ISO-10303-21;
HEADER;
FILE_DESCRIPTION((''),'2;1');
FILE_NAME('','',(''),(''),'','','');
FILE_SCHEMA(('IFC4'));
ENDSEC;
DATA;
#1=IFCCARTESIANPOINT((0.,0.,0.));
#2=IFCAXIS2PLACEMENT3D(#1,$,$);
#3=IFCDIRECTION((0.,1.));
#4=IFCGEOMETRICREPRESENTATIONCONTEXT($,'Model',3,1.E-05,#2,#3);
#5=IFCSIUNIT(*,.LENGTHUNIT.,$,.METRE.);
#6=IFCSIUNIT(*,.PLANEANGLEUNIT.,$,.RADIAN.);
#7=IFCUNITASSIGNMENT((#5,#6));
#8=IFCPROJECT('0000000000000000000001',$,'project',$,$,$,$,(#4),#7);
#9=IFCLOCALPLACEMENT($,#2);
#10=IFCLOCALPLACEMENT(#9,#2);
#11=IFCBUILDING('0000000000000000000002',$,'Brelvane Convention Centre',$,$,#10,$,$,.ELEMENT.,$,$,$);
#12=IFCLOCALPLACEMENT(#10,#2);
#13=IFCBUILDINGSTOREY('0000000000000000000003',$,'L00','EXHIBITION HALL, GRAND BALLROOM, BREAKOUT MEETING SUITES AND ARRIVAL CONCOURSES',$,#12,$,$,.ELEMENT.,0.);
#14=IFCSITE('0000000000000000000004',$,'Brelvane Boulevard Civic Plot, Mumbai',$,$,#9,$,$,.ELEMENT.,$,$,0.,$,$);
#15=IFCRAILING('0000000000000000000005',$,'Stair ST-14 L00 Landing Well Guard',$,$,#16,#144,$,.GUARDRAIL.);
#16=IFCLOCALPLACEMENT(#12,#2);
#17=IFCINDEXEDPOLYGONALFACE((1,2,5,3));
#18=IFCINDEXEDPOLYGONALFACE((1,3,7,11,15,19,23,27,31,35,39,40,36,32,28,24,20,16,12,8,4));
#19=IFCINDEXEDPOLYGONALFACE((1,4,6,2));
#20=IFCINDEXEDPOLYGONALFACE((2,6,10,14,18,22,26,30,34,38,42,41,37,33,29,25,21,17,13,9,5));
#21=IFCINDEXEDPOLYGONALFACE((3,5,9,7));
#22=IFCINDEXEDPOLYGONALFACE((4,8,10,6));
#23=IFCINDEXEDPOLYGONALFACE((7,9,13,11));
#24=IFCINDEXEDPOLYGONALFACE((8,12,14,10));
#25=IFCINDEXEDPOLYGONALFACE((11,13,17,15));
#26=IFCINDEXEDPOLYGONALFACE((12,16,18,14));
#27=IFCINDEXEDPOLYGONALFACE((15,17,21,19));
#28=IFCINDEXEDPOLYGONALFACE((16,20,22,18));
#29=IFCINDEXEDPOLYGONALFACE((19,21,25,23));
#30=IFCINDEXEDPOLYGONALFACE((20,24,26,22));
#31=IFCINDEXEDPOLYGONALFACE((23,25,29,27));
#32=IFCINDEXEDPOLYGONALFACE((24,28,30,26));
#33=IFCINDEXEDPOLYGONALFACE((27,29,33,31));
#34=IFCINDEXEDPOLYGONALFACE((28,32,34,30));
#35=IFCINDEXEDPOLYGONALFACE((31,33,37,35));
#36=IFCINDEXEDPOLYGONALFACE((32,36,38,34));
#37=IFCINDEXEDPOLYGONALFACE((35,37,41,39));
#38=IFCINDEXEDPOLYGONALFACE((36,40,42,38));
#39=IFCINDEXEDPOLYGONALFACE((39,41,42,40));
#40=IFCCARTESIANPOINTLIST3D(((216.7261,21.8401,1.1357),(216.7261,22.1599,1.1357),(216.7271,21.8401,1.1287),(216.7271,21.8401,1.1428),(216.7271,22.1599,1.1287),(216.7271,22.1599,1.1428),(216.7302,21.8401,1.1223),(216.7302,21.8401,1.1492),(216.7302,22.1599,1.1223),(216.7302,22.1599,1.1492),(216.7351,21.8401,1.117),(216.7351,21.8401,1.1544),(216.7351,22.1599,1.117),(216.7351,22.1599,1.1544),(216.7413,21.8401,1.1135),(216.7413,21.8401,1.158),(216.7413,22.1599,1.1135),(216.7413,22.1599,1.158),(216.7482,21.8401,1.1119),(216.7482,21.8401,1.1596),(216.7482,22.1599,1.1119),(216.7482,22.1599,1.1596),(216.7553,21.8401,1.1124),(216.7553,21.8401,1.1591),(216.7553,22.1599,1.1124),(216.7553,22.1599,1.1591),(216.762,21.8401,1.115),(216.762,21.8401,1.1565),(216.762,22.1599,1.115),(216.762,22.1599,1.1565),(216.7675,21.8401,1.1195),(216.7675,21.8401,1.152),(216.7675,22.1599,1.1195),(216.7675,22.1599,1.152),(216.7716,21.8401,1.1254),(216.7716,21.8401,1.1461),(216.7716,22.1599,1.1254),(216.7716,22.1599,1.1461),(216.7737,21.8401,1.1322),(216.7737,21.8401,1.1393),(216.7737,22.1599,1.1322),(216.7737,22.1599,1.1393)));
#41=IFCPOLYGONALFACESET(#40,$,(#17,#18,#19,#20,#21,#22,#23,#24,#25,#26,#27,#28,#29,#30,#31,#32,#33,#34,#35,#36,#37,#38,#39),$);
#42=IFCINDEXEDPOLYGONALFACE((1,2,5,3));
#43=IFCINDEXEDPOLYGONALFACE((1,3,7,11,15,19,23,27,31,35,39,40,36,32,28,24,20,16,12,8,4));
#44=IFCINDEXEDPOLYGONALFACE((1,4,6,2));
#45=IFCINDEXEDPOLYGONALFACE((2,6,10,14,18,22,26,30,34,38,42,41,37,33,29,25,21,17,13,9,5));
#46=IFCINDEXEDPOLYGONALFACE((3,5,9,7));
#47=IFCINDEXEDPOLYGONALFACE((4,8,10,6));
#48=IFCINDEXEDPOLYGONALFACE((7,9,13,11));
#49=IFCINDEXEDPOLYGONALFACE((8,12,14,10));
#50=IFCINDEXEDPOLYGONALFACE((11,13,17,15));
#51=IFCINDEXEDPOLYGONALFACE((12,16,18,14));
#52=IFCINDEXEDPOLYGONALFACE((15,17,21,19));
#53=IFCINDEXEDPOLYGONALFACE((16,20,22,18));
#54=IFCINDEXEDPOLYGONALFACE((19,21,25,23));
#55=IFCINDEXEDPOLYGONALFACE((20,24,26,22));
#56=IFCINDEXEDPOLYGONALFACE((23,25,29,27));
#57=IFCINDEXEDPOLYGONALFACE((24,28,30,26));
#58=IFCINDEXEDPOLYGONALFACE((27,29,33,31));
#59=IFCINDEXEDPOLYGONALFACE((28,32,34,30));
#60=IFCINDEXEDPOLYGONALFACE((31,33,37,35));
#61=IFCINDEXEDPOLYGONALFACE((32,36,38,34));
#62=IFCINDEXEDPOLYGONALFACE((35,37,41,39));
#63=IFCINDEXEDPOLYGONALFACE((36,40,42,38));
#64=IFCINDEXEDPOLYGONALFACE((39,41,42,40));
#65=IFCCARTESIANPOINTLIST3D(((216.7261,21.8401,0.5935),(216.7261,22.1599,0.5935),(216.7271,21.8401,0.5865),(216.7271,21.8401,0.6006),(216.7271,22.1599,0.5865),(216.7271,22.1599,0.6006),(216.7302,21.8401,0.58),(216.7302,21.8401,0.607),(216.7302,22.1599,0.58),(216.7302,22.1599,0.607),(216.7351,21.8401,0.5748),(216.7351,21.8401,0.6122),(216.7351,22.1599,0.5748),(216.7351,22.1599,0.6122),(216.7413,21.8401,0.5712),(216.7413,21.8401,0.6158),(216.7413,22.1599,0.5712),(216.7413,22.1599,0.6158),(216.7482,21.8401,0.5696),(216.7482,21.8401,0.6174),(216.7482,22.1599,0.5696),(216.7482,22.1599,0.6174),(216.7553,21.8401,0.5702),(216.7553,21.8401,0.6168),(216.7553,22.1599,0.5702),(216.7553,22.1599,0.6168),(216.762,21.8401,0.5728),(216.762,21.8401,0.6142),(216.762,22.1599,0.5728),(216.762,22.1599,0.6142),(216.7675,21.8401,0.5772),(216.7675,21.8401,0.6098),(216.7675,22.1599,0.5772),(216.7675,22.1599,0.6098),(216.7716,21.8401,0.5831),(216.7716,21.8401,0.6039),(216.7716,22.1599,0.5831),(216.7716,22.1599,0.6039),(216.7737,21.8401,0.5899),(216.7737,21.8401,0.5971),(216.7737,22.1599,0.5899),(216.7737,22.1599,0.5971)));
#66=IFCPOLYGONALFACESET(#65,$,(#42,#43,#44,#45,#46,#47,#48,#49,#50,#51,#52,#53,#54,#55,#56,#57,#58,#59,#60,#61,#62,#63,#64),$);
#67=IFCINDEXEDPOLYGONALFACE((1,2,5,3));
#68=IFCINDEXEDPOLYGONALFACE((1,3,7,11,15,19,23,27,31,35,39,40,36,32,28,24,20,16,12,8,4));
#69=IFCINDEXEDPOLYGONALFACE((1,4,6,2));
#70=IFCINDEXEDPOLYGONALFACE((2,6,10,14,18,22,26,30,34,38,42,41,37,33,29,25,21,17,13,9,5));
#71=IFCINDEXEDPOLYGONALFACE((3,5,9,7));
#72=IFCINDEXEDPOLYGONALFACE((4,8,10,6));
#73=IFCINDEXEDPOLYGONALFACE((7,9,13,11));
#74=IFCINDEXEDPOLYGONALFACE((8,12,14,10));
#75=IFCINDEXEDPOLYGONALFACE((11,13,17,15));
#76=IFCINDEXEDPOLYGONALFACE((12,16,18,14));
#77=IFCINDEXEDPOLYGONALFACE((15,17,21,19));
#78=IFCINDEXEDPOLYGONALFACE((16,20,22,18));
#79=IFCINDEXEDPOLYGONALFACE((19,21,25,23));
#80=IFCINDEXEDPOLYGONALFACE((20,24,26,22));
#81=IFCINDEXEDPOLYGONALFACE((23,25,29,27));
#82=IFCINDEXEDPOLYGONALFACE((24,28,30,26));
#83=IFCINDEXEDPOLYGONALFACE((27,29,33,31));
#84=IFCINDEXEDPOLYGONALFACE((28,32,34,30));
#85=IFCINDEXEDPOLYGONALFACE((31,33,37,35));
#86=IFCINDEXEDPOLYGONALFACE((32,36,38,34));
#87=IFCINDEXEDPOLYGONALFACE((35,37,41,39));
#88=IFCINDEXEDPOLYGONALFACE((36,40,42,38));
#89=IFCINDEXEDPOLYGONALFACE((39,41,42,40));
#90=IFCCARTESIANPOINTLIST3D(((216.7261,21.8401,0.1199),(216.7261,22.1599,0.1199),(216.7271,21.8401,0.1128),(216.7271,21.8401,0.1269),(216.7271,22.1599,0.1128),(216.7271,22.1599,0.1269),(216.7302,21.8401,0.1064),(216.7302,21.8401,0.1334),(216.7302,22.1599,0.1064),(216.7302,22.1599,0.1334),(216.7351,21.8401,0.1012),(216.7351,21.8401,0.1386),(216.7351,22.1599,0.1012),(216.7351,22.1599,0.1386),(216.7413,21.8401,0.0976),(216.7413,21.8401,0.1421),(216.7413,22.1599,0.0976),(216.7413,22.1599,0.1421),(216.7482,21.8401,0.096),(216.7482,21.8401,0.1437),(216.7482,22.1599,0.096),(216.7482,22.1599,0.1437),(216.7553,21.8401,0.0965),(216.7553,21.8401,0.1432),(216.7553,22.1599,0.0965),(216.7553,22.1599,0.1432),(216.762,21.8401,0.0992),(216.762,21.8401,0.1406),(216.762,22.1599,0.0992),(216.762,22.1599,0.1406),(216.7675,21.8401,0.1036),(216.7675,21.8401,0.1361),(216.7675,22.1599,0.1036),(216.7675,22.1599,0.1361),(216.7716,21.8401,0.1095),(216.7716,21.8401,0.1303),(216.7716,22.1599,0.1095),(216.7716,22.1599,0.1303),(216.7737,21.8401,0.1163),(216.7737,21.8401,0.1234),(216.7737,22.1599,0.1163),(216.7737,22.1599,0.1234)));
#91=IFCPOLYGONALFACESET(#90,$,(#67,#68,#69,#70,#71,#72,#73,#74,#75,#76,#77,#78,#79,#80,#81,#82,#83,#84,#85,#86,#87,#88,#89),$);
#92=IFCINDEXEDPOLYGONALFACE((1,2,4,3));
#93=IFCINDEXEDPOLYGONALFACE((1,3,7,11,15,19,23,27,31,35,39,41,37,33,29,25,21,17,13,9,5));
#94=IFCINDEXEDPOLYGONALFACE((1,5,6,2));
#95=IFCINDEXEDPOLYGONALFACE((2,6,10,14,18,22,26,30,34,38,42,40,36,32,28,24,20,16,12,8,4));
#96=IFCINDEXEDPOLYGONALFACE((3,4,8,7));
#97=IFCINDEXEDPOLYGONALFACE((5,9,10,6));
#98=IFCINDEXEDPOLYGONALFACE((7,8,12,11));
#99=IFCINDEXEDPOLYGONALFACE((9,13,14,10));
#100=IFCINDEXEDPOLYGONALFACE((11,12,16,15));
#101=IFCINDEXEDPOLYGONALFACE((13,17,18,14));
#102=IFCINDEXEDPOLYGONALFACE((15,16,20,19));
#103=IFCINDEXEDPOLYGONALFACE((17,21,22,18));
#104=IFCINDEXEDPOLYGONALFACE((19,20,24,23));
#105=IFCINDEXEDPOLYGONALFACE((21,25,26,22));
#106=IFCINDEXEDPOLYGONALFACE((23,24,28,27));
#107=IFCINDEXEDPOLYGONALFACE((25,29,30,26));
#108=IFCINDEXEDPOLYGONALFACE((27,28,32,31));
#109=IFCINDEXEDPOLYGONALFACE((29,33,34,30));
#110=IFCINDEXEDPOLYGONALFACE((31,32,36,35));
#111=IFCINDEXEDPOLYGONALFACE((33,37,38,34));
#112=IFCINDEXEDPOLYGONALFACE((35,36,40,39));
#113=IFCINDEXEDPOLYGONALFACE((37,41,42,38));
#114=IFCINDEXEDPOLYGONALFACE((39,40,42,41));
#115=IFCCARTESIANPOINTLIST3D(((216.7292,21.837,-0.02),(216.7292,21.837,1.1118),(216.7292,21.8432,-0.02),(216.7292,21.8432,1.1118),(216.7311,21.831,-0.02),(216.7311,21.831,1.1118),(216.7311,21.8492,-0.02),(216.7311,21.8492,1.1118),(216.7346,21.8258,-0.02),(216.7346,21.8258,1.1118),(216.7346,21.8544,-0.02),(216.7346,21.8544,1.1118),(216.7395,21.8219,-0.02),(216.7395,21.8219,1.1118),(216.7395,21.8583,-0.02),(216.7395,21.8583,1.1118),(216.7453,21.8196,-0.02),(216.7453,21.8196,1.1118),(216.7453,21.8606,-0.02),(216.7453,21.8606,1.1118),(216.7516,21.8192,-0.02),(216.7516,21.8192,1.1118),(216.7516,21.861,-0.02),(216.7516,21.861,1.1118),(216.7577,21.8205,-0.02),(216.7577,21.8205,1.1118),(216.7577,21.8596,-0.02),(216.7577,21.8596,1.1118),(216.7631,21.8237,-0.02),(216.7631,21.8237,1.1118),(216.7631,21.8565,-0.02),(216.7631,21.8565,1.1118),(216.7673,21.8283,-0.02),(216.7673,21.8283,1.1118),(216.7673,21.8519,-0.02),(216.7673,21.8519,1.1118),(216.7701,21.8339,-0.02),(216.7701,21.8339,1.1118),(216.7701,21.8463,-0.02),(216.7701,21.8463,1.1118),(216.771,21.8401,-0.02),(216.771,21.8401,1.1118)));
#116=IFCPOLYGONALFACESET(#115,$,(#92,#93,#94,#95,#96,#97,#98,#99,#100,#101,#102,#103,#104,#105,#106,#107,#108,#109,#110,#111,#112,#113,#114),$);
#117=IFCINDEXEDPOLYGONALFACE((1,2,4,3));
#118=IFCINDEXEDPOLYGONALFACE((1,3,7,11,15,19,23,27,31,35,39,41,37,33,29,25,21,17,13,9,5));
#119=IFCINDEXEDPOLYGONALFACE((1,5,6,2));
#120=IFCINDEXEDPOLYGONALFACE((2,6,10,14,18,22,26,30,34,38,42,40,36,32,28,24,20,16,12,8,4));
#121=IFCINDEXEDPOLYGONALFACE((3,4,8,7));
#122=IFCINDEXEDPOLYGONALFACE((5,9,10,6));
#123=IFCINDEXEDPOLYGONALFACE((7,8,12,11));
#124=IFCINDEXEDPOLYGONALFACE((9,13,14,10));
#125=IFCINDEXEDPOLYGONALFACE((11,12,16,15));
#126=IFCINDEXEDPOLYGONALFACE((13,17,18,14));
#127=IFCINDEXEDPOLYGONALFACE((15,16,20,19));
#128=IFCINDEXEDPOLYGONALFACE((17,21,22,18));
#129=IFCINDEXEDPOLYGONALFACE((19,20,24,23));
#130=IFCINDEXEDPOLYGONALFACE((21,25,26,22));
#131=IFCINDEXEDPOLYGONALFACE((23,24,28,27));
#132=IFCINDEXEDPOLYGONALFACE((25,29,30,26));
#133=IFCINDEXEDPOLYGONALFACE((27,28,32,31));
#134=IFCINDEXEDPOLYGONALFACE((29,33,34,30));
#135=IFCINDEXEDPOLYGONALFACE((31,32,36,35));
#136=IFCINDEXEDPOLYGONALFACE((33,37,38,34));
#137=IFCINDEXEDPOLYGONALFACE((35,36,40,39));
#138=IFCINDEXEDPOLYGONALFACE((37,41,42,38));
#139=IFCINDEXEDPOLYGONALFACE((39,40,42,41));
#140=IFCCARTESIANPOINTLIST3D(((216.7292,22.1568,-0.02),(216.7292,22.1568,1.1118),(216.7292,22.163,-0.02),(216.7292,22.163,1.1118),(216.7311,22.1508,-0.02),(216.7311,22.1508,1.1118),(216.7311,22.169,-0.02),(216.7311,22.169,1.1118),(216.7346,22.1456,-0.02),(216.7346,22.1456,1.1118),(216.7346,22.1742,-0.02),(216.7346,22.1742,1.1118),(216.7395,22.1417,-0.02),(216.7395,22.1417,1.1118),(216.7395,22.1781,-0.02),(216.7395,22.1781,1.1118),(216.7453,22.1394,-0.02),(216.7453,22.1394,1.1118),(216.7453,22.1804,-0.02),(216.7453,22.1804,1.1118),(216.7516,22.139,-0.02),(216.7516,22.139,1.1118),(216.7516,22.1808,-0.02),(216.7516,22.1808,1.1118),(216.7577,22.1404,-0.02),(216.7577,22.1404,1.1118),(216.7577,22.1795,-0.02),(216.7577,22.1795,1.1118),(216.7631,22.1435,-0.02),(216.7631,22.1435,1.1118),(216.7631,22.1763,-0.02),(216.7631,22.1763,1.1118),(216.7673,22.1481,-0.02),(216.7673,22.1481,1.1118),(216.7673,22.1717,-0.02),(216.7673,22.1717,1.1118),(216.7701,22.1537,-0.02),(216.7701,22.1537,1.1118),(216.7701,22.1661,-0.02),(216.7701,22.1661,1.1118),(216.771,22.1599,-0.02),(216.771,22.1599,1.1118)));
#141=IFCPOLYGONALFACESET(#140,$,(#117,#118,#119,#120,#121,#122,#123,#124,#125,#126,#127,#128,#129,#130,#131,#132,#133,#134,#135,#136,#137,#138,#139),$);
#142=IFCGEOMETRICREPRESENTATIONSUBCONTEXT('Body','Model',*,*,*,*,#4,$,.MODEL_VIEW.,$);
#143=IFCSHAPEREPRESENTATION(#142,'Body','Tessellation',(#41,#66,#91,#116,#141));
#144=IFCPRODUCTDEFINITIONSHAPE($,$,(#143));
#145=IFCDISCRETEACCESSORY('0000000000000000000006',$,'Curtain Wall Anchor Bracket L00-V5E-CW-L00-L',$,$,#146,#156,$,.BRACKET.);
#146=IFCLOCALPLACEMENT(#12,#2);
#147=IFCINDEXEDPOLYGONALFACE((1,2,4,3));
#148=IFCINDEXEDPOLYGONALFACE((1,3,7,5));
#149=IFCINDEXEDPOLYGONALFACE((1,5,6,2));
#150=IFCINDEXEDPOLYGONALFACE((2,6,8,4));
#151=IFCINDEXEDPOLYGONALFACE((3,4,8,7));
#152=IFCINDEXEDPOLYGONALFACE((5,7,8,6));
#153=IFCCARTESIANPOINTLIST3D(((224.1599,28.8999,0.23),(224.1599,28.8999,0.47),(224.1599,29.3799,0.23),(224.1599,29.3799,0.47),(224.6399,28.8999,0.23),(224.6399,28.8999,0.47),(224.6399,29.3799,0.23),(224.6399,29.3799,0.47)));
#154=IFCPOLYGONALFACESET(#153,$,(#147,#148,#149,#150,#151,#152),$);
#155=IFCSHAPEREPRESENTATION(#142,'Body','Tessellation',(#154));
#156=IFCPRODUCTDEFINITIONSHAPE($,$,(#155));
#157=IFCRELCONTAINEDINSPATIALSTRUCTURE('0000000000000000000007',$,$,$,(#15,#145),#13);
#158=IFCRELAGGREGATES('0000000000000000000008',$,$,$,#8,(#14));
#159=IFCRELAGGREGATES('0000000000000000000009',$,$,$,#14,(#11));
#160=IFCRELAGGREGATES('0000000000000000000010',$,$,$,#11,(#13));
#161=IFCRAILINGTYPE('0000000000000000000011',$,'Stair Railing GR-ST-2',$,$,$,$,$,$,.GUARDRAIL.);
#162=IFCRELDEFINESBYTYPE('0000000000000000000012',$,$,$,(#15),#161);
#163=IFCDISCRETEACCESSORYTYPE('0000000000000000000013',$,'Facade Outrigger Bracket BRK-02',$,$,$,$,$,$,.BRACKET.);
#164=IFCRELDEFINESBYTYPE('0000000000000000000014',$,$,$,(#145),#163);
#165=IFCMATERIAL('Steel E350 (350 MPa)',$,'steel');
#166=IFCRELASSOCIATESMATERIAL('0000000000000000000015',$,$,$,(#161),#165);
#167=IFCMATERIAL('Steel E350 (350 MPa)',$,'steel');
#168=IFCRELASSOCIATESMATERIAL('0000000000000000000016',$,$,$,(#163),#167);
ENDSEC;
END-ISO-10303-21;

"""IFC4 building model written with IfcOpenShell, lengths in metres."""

from ifc_helpers import new_model, si_unit, direction, frame, origin, origin_2d, place, context, subcontext, project, spatial, rectangle, circle, extrude, material, type_object, element, save


model = new_model("IFC4")

# Units and contexts
model_context = context("Model", 3, precision=1e-05, world=origin(), true_north=direction((0.0, 1.0)))
body_context = subcontext(model_context, "Body", "Model", "MODEL_VIEW")
ifc_project = project(units=[si_unit("LENGTHUNIT", "METRE"), si_unit("PLANEANGLEUNIT", "RADIAN")], contexts=[model_context])

# Site, building, storey
site_placement = place(None, origin())
site = spatial("IfcSite", under=ifc_project, at=site_placement, Name="Brelvane Boulevard Civic Plot, Mumbai", CompositionType="ELEMENT", RefElevation=0.0)
building_placement = place(site_placement, origin())
building = spatial("IfcBuilding", under=site, at=building_placement, Name="Brelvane Convention Centre", CompositionType="ELEMENT")
storey_placement = place(building_placement, origin())
storey = spatial("IfcBuildingStorey", under=building, at=storey_placement, Name="L00", Description="EXHIBITION HALL, GRAND BALLROOM, BREAKOUT MEETING SUITES AND ARRIVAL CONCOURSES", CompositionType="ELEMENT", Elevation=0.0)

# Railing
ifc_material_1 = material(Name="Steel E350 (350 MPa)", Category="steel")
railing_type_1 = type_object("IfcRailingType", Name="Stair Railing GR-ST-2", PredefinedType="GUARDRAIL", material=ifc_material_1)
railing_1_placement = place(storey_placement, frame((216.75, 21.8401, -0.02)))
element("IfcRailing", 1, at=railing_1_placement, inside=storey, type_object=railing_type_1, Name="Stair ST-14 L00 Landing Well Guard", PredefinedType="GUARDRAIL", context=body_context, shape_type="SweptSolid", body=[
    extrude(circle(Radius=0.0239, at=origin_2d()), frame((0.0, 0.0, 1.1558), z_axis=(0.0, 1.0, 0.0), x_axis=(-1.0, 0.0, 0.0)), (0.0, 0.0, 1.0), 0.3198),
    extrude(circle(Radius=0.0239, at=origin_2d()), frame((0.0, 0.0, 0.6135), z_axis=(0.0, 1.0, 0.0), x_axis=(-1.0, 0.0, 0.0)), (0.0, 0.0, 1.0), 0.3198),
    extrude(circle(Radius=0.0239, at=origin_2d()), frame((0.0, 0.0, 0.1399), z_axis=(0.0, 1.0, 0.0), x_axis=(-1.0, 0.0, 0.0)), (0.0, 0.0, 1.0), 0.3198),
    extrude(circle(Radius=0.021, at=origin_2d()), origin(), (0.0, 0.0, 1.0), 1.1318),
    extrude(circle(Radius=0.021, at=origin_2d()), frame((0.0, 0.3198, 0.0)), (0.0, 0.0, 1.0), 1.1318),
])

# Discrete accessory
ifc_material_2 = material(Name="Steel E350 (350 MPa)", Category="steel")
discrete_accessory_type = type_object("IfcDiscreteAccessoryType", Name="Facade Outrigger Bracket BRK-02", PredefinedType="BRACKET", material=ifc_material_2)
discrete_accessory_placement = place(storey_placement, frame((224.3999, 29.1399, 0.23), z_axis=(0.0, 0.0, 1.0), x_axis=(1.0, 0.0, 0.0)))
element("IfcDiscreteAccessory", 2, at=discrete_accessory_placement, inside=storey, type_object=discrete_accessory_type, Name="Curtain Wall Anchor Bracket L00-V5E-CW-L00-L", PredefinedType="BRACKET", context=body_context, shape_type="SweptSolid", body=[
    extrude(rectangle(XDim=0.48, YDim=0.48, at=origin_2d()), origin(), (0.0, 0.0, 1.0), 0.24),
])

save(model, "model.ifc")
